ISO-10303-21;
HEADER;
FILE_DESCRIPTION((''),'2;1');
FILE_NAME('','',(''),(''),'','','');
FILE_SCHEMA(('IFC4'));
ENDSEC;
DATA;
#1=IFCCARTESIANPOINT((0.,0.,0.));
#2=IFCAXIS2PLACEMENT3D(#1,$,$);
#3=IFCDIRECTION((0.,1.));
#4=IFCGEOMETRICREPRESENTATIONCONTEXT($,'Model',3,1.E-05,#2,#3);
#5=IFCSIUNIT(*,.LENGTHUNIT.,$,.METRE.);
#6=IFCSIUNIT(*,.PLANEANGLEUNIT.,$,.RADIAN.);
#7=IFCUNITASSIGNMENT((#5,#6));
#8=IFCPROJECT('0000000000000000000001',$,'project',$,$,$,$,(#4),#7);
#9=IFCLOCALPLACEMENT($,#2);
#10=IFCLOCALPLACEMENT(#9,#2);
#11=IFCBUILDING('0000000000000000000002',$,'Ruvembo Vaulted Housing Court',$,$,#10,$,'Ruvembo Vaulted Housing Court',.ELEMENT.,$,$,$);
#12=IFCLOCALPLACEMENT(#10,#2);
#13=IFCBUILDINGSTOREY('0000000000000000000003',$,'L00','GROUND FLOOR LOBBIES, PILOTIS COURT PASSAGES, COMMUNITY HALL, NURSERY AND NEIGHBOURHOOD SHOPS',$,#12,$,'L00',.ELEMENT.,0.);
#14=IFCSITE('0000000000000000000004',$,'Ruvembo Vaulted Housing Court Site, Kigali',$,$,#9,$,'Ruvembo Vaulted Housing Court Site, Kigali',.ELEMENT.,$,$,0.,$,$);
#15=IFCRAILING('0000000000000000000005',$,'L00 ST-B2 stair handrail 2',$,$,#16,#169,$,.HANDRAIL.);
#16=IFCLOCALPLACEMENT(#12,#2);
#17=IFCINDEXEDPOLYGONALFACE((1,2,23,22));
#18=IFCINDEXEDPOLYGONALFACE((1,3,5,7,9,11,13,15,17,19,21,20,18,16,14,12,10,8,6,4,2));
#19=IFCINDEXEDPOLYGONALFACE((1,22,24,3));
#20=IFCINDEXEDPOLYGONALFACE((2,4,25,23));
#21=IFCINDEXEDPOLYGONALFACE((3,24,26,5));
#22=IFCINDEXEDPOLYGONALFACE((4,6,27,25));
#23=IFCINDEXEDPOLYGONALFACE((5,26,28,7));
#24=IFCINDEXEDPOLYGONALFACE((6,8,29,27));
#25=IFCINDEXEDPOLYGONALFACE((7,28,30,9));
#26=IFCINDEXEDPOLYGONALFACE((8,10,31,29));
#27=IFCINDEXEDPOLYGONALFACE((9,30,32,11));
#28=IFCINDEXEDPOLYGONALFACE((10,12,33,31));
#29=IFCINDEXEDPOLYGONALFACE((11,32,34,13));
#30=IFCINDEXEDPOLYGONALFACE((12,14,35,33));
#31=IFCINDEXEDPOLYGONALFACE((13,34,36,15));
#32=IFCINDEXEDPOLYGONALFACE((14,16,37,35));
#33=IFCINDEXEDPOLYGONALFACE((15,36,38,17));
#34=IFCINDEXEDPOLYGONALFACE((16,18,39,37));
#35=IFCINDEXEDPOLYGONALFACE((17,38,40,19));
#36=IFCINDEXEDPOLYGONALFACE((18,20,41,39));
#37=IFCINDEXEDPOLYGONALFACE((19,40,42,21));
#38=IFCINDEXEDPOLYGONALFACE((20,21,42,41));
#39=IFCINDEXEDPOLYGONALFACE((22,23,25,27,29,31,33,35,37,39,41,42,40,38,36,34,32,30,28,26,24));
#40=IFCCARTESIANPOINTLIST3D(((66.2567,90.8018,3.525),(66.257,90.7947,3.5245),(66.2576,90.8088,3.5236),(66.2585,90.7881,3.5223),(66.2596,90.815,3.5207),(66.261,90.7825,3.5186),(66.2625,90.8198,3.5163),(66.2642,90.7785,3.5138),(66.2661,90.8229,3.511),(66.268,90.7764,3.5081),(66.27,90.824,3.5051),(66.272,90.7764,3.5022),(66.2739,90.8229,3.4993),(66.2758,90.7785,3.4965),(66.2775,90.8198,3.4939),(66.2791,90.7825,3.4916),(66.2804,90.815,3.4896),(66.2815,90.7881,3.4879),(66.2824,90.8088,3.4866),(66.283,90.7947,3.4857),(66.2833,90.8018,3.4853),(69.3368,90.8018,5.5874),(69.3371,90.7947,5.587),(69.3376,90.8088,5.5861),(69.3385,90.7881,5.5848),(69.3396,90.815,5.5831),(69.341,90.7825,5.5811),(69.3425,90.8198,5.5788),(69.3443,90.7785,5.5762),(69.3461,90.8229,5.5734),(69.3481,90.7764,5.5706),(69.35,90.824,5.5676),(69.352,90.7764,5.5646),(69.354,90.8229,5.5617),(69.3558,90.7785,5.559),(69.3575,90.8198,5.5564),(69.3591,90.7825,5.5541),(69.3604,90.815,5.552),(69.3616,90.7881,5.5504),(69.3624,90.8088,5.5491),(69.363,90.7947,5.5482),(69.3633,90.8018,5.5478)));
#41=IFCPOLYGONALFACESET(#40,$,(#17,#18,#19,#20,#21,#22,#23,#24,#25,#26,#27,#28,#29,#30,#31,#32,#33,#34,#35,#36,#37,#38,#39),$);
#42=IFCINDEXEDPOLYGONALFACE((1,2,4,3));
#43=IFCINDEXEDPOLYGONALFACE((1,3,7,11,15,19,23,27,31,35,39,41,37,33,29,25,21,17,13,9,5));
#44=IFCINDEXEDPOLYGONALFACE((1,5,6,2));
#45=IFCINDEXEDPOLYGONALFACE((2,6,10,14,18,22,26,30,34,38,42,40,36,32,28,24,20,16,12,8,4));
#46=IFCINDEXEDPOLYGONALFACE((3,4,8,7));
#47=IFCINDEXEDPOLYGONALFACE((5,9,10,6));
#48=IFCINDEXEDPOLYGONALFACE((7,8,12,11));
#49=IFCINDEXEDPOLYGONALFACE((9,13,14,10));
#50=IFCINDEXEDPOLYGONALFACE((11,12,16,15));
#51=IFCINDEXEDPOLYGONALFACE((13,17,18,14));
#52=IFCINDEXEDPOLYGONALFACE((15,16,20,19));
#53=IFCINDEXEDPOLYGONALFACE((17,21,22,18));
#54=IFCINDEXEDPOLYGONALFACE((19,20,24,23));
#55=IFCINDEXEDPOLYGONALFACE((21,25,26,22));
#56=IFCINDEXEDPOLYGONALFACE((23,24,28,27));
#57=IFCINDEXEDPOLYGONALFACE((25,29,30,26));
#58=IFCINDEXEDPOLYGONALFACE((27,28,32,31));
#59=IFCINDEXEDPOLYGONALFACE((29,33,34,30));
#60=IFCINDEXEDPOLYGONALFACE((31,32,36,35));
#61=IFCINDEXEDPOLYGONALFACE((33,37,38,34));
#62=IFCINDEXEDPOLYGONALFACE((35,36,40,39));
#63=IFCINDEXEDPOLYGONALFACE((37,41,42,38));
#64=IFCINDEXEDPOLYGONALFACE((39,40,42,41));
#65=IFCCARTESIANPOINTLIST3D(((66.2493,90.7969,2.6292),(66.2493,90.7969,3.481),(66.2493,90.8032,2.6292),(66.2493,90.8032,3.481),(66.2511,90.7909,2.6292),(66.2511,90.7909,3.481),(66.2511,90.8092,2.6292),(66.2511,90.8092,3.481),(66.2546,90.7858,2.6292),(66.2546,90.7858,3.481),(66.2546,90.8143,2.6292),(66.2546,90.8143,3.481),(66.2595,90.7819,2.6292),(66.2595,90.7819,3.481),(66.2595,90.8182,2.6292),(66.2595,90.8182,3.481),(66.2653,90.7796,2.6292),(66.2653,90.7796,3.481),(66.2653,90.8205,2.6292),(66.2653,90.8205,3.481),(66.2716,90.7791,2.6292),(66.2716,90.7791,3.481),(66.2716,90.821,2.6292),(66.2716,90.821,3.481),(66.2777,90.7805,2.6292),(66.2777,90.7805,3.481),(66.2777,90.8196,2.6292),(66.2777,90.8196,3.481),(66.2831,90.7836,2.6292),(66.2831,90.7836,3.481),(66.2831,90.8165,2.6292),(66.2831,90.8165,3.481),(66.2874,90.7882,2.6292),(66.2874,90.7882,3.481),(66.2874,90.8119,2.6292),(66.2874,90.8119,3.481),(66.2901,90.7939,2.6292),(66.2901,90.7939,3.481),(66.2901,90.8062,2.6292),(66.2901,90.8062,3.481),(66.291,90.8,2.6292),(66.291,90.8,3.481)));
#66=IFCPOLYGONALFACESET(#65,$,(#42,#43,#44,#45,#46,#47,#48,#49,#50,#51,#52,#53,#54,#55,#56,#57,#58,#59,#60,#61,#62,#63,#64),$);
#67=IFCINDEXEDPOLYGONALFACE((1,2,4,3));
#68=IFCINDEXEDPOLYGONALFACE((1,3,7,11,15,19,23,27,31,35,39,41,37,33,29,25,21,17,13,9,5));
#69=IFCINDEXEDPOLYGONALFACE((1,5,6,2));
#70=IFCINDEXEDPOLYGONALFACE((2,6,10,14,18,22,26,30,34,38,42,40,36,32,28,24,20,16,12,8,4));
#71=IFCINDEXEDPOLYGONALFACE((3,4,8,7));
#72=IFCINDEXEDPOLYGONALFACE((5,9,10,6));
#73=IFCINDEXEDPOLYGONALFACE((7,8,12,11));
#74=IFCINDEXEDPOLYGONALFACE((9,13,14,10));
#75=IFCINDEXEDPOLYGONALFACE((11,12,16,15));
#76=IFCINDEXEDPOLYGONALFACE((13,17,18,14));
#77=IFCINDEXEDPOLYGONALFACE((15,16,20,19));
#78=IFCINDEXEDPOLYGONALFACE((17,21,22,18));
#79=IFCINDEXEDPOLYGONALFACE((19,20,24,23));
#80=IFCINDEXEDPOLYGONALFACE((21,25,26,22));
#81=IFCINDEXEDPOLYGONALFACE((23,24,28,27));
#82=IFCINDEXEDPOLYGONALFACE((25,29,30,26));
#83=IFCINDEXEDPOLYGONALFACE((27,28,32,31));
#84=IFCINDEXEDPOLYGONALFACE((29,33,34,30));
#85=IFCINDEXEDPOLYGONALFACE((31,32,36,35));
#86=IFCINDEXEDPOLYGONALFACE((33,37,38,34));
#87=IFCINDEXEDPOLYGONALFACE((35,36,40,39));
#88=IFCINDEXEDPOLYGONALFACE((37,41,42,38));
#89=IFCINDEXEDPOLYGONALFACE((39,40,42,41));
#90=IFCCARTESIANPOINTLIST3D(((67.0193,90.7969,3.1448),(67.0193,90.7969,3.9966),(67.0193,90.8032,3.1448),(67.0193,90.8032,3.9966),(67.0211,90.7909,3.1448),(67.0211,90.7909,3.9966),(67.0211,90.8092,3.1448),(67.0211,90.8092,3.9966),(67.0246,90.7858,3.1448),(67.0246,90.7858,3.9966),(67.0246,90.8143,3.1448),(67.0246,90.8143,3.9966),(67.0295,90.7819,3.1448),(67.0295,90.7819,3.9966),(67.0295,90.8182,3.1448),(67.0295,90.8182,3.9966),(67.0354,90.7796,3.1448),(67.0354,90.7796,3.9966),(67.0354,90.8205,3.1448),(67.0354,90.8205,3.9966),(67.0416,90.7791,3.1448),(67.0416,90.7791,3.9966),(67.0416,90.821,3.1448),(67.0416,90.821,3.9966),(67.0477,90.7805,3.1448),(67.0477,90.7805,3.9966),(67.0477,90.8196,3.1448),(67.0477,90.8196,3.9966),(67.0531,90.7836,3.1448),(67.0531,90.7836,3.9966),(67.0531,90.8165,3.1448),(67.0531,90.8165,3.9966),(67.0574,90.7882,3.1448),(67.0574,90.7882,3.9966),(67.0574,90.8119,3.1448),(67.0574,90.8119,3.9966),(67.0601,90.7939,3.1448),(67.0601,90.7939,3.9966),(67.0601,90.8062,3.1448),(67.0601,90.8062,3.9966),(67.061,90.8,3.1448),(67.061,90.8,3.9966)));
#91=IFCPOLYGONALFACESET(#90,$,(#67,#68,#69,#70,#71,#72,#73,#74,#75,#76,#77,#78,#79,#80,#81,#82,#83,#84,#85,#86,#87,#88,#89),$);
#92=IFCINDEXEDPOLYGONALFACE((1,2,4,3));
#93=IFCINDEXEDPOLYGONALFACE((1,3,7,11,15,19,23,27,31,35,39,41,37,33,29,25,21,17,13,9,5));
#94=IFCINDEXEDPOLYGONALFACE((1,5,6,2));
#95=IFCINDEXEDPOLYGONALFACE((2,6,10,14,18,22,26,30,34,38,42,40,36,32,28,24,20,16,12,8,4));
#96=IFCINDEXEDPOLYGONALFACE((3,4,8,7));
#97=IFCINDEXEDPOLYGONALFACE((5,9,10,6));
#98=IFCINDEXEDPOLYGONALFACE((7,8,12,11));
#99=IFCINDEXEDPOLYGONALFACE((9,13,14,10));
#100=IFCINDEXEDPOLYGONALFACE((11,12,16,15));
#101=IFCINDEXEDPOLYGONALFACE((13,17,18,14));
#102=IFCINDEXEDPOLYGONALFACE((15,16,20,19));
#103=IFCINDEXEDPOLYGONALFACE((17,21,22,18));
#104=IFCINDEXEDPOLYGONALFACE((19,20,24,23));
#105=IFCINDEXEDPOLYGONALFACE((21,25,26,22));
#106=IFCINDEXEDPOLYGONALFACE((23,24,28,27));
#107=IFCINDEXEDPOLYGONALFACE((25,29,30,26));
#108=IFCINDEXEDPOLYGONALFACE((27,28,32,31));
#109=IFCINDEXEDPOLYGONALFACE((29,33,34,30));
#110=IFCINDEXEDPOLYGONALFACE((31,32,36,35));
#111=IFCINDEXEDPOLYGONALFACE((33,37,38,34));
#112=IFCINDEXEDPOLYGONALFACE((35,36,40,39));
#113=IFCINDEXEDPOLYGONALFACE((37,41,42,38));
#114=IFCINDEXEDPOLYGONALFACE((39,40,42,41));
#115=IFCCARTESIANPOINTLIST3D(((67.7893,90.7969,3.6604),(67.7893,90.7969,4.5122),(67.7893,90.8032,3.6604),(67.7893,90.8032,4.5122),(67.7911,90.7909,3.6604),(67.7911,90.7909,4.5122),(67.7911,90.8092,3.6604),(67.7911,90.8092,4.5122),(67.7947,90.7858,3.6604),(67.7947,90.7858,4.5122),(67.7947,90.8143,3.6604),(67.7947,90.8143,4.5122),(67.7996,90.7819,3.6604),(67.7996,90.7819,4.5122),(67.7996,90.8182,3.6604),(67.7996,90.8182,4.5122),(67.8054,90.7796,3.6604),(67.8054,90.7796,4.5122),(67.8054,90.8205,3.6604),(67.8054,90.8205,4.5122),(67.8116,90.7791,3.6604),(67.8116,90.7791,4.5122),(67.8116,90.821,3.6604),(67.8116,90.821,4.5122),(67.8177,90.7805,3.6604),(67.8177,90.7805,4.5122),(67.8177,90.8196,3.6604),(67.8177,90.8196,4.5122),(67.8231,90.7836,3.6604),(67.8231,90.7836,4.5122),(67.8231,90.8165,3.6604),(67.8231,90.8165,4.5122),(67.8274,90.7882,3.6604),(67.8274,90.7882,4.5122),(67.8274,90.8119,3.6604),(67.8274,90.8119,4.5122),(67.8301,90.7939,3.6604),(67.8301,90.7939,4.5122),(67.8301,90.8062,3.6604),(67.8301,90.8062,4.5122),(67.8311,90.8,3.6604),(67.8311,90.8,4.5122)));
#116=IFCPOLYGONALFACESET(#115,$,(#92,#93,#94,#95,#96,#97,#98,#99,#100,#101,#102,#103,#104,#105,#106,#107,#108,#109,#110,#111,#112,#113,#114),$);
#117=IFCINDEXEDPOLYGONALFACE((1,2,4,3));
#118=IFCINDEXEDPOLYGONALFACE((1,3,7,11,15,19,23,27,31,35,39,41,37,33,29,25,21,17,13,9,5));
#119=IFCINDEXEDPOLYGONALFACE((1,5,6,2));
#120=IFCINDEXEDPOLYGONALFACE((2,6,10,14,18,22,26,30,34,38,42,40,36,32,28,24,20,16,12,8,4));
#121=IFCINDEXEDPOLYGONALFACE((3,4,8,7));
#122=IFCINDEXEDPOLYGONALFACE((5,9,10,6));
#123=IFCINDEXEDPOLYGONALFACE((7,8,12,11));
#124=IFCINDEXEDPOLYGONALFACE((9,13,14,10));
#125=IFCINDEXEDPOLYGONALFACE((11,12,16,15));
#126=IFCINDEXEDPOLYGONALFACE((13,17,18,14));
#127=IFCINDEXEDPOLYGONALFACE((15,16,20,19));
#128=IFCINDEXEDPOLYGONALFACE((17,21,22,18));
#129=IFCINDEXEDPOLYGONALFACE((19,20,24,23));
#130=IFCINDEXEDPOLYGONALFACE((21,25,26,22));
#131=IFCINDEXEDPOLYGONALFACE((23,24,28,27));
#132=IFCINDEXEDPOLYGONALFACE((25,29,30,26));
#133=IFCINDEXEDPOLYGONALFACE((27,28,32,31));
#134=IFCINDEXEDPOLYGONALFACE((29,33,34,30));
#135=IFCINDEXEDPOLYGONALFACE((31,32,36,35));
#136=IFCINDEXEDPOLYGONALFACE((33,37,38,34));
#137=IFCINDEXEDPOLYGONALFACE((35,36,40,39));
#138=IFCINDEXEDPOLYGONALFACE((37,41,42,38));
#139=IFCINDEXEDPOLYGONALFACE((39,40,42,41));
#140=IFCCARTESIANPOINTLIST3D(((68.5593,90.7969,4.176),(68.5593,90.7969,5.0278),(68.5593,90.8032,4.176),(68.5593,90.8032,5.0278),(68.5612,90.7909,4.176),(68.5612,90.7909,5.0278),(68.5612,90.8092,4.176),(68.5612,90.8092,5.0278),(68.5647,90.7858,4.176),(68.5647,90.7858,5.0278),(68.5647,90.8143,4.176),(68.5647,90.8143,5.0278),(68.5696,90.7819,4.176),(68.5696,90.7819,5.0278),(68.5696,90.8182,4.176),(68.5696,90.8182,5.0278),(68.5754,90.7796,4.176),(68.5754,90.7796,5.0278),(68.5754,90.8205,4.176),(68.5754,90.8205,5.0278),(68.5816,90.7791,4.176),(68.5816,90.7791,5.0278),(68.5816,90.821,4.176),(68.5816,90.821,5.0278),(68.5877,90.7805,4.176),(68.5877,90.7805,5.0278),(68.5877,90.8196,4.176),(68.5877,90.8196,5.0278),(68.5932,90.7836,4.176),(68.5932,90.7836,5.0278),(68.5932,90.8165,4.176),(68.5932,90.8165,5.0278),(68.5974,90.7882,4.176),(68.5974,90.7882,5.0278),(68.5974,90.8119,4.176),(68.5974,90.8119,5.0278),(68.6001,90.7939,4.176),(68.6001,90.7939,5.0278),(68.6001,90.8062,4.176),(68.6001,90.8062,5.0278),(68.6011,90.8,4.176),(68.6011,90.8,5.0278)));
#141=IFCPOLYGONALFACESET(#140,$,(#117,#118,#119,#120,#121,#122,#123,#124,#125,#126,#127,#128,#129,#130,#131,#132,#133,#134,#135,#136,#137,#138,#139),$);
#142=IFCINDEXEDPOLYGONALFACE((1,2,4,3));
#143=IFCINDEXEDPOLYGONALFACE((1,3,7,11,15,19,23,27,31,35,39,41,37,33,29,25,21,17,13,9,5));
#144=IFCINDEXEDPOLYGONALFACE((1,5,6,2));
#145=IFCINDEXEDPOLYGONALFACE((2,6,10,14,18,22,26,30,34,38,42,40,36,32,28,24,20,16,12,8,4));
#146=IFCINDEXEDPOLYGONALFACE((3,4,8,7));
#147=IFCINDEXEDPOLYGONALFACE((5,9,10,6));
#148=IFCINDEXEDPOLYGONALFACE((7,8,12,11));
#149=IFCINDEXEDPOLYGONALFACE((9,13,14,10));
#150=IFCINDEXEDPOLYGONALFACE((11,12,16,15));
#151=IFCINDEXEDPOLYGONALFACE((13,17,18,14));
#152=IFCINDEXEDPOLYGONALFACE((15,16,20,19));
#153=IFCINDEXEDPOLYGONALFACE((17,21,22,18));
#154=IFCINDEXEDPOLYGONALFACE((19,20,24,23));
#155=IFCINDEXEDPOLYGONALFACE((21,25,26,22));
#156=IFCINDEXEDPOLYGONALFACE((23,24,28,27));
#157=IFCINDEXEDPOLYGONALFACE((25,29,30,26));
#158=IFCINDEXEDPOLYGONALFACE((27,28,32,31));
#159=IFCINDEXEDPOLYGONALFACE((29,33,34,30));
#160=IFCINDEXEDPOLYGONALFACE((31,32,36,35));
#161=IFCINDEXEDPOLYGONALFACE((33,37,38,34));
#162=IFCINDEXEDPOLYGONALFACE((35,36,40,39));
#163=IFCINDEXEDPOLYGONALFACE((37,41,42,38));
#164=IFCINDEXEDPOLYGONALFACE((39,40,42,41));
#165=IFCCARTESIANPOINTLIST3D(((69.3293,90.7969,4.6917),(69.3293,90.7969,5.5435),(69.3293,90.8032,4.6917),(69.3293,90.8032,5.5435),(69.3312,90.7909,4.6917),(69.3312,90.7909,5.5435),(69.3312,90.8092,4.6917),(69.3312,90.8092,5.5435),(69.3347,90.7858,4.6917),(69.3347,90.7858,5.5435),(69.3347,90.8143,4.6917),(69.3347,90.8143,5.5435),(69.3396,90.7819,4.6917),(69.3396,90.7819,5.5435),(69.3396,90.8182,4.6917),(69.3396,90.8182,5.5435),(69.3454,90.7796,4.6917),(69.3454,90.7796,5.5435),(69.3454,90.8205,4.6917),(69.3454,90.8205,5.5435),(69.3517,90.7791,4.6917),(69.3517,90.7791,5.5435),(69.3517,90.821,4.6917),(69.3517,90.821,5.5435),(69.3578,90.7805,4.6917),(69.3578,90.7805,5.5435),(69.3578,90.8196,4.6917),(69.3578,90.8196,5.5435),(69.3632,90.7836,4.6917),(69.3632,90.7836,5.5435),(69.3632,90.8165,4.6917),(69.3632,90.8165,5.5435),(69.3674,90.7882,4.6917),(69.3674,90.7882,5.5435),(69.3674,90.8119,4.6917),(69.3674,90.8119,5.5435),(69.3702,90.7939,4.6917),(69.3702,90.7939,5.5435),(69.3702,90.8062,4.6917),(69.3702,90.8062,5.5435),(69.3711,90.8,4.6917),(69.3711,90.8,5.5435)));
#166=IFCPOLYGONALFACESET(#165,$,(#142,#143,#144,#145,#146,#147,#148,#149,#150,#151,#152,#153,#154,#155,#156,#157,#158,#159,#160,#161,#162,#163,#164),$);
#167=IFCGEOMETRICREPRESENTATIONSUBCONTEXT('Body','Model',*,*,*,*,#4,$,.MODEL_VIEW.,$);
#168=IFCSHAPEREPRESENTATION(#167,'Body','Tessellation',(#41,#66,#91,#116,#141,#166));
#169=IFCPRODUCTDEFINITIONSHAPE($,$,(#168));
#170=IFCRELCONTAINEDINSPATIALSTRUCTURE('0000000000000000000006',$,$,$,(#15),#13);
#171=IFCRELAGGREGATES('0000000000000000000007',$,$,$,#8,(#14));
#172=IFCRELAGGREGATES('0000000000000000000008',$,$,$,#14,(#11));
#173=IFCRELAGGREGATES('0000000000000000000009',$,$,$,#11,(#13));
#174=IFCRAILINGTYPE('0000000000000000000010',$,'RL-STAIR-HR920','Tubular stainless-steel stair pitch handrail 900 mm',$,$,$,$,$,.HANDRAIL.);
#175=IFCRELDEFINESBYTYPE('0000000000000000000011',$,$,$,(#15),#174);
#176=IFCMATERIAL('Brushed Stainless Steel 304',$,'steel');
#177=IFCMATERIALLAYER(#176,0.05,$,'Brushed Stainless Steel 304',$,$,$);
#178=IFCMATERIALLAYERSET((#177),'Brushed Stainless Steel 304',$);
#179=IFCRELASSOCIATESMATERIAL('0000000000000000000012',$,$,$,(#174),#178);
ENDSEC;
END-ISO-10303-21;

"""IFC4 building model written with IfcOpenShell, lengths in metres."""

from ifc_helpers import new_model, si_unit, direction, frame, origin, origin_2d, place, context, subcontext, project, spatial, circle, extrude, material, layer, layer_set, type_object, element, save


model = new_model("IFC4")

# Units and contexts
model_context = context("Model", 3, precision=1e-05, world=origin(), true_north=direction((0.0, 1.0)))
body_context = subcontext(model_context, "Body", "Model", "MODEL_VIEW")
ifc_project = project(units=[si_unit("LENGTHUNIT", "METRE"), si_unit("PLANEANGLEUNIT", "RADIAN")], contexts=[model_context])

# Site, building, storey
site_placement = place(None, origin())
site = spatial("IfcSite", under=ifc_project, at=site_placement, Name="Ruvembo Vaulted Housing Court Site, Kigali", LongName="Ruvembo Vaulted Housing Court Site, Kigali", CompositionType="ELEMENT", RefElevation=0.0)
building_placement = place(site_placement, origin())
building = spatial("IfcBuilding", under=site, at=building_placement, Name="Ruvembo Vaulted Housing Court", LongName="Ruvembo Vaulted Housing Court", CompositionType="ELEMENT")
storey_placement = place(building_placement, origin())
storey = spatial("IfcBuildingStorey", under=building, at=storey_placement, Name="L00", Description="GROUND FLOOR LOBBIES, PILOTIS COURT PASSAGES, COMMUNITY HALL, NURSERY AND NEIGHBOURHOOD SHOPS", LongName="L00", CompositionType="ELEMENT", Elevation=0.0)

# Railing
ifc_material_1 = material(Name="Brushed Stainless Steel 304", Category="steel")
ifc_layer_1 = layer(ifc_material_1, 0.05, Name="Brushed Stainless Steel 304")
ifc_layer_set_1 = layer_set([ifc_layer_1], Name="Brushed Stainless Steel 304")
railing_type_1 = type_object("IfcRailingType", Name="RL-STAIR-HR920", Description="Tubular stainless-steel stair pitch handrail 900 mm", PredefinedType="HANDRAIL", material=ifc_layer_set_1)
railing_1_placement = place(storey_placement, frame((66.27, 90.8, 2.6292)))
element("IfcRailing", 1, at=railing_1_placement, inside=storey, type_object=railing_type_1, Name="L00 ST-B2 stair handrail 2", PredefinedType="HANDRAIL", context=body_context, shape_type="SweptSolid", body=[
    extrude(circle(Radius=0.0239, at=origin_2d()), frame((0.0, 0.0, 0.876), z_axis=(0.830914, 0.0, 0.556401), x_axis=(0.0, 1.0, 0.0)), (0.0, 0.0, 1.0), 3.7068),
    extrude(circle(Radius=0.021, at=origin_2d()), origin(), (0.0, 0.0, 1.0), 0.8518),
    extrude(circle(Radius=0.021, at=origin_2d()), frame((0.77, 0.0, 0.5156)), (0.0, 0.0, 1.0), 0.8518),
    extrude(circle(Radius=0.021, at=origin_2d()), frame((1.54, 0.0, 1.0312)), (0.0, 0.0, 1.0), 0.8518),
    extrude(circle(Radius=0.021, at=origin_2d()), frame((2.3101, 0.0, 1.5469)), (0.0, 0.0, 1.0), 0.8518),
    extrude(circle(Radius=0.021, at=origin_2d()), frame((3.0801, 0.0, 2.0625)), (0.0, 0.0, 1.0), 0.8518),
])

save(model, "model.ifc")
